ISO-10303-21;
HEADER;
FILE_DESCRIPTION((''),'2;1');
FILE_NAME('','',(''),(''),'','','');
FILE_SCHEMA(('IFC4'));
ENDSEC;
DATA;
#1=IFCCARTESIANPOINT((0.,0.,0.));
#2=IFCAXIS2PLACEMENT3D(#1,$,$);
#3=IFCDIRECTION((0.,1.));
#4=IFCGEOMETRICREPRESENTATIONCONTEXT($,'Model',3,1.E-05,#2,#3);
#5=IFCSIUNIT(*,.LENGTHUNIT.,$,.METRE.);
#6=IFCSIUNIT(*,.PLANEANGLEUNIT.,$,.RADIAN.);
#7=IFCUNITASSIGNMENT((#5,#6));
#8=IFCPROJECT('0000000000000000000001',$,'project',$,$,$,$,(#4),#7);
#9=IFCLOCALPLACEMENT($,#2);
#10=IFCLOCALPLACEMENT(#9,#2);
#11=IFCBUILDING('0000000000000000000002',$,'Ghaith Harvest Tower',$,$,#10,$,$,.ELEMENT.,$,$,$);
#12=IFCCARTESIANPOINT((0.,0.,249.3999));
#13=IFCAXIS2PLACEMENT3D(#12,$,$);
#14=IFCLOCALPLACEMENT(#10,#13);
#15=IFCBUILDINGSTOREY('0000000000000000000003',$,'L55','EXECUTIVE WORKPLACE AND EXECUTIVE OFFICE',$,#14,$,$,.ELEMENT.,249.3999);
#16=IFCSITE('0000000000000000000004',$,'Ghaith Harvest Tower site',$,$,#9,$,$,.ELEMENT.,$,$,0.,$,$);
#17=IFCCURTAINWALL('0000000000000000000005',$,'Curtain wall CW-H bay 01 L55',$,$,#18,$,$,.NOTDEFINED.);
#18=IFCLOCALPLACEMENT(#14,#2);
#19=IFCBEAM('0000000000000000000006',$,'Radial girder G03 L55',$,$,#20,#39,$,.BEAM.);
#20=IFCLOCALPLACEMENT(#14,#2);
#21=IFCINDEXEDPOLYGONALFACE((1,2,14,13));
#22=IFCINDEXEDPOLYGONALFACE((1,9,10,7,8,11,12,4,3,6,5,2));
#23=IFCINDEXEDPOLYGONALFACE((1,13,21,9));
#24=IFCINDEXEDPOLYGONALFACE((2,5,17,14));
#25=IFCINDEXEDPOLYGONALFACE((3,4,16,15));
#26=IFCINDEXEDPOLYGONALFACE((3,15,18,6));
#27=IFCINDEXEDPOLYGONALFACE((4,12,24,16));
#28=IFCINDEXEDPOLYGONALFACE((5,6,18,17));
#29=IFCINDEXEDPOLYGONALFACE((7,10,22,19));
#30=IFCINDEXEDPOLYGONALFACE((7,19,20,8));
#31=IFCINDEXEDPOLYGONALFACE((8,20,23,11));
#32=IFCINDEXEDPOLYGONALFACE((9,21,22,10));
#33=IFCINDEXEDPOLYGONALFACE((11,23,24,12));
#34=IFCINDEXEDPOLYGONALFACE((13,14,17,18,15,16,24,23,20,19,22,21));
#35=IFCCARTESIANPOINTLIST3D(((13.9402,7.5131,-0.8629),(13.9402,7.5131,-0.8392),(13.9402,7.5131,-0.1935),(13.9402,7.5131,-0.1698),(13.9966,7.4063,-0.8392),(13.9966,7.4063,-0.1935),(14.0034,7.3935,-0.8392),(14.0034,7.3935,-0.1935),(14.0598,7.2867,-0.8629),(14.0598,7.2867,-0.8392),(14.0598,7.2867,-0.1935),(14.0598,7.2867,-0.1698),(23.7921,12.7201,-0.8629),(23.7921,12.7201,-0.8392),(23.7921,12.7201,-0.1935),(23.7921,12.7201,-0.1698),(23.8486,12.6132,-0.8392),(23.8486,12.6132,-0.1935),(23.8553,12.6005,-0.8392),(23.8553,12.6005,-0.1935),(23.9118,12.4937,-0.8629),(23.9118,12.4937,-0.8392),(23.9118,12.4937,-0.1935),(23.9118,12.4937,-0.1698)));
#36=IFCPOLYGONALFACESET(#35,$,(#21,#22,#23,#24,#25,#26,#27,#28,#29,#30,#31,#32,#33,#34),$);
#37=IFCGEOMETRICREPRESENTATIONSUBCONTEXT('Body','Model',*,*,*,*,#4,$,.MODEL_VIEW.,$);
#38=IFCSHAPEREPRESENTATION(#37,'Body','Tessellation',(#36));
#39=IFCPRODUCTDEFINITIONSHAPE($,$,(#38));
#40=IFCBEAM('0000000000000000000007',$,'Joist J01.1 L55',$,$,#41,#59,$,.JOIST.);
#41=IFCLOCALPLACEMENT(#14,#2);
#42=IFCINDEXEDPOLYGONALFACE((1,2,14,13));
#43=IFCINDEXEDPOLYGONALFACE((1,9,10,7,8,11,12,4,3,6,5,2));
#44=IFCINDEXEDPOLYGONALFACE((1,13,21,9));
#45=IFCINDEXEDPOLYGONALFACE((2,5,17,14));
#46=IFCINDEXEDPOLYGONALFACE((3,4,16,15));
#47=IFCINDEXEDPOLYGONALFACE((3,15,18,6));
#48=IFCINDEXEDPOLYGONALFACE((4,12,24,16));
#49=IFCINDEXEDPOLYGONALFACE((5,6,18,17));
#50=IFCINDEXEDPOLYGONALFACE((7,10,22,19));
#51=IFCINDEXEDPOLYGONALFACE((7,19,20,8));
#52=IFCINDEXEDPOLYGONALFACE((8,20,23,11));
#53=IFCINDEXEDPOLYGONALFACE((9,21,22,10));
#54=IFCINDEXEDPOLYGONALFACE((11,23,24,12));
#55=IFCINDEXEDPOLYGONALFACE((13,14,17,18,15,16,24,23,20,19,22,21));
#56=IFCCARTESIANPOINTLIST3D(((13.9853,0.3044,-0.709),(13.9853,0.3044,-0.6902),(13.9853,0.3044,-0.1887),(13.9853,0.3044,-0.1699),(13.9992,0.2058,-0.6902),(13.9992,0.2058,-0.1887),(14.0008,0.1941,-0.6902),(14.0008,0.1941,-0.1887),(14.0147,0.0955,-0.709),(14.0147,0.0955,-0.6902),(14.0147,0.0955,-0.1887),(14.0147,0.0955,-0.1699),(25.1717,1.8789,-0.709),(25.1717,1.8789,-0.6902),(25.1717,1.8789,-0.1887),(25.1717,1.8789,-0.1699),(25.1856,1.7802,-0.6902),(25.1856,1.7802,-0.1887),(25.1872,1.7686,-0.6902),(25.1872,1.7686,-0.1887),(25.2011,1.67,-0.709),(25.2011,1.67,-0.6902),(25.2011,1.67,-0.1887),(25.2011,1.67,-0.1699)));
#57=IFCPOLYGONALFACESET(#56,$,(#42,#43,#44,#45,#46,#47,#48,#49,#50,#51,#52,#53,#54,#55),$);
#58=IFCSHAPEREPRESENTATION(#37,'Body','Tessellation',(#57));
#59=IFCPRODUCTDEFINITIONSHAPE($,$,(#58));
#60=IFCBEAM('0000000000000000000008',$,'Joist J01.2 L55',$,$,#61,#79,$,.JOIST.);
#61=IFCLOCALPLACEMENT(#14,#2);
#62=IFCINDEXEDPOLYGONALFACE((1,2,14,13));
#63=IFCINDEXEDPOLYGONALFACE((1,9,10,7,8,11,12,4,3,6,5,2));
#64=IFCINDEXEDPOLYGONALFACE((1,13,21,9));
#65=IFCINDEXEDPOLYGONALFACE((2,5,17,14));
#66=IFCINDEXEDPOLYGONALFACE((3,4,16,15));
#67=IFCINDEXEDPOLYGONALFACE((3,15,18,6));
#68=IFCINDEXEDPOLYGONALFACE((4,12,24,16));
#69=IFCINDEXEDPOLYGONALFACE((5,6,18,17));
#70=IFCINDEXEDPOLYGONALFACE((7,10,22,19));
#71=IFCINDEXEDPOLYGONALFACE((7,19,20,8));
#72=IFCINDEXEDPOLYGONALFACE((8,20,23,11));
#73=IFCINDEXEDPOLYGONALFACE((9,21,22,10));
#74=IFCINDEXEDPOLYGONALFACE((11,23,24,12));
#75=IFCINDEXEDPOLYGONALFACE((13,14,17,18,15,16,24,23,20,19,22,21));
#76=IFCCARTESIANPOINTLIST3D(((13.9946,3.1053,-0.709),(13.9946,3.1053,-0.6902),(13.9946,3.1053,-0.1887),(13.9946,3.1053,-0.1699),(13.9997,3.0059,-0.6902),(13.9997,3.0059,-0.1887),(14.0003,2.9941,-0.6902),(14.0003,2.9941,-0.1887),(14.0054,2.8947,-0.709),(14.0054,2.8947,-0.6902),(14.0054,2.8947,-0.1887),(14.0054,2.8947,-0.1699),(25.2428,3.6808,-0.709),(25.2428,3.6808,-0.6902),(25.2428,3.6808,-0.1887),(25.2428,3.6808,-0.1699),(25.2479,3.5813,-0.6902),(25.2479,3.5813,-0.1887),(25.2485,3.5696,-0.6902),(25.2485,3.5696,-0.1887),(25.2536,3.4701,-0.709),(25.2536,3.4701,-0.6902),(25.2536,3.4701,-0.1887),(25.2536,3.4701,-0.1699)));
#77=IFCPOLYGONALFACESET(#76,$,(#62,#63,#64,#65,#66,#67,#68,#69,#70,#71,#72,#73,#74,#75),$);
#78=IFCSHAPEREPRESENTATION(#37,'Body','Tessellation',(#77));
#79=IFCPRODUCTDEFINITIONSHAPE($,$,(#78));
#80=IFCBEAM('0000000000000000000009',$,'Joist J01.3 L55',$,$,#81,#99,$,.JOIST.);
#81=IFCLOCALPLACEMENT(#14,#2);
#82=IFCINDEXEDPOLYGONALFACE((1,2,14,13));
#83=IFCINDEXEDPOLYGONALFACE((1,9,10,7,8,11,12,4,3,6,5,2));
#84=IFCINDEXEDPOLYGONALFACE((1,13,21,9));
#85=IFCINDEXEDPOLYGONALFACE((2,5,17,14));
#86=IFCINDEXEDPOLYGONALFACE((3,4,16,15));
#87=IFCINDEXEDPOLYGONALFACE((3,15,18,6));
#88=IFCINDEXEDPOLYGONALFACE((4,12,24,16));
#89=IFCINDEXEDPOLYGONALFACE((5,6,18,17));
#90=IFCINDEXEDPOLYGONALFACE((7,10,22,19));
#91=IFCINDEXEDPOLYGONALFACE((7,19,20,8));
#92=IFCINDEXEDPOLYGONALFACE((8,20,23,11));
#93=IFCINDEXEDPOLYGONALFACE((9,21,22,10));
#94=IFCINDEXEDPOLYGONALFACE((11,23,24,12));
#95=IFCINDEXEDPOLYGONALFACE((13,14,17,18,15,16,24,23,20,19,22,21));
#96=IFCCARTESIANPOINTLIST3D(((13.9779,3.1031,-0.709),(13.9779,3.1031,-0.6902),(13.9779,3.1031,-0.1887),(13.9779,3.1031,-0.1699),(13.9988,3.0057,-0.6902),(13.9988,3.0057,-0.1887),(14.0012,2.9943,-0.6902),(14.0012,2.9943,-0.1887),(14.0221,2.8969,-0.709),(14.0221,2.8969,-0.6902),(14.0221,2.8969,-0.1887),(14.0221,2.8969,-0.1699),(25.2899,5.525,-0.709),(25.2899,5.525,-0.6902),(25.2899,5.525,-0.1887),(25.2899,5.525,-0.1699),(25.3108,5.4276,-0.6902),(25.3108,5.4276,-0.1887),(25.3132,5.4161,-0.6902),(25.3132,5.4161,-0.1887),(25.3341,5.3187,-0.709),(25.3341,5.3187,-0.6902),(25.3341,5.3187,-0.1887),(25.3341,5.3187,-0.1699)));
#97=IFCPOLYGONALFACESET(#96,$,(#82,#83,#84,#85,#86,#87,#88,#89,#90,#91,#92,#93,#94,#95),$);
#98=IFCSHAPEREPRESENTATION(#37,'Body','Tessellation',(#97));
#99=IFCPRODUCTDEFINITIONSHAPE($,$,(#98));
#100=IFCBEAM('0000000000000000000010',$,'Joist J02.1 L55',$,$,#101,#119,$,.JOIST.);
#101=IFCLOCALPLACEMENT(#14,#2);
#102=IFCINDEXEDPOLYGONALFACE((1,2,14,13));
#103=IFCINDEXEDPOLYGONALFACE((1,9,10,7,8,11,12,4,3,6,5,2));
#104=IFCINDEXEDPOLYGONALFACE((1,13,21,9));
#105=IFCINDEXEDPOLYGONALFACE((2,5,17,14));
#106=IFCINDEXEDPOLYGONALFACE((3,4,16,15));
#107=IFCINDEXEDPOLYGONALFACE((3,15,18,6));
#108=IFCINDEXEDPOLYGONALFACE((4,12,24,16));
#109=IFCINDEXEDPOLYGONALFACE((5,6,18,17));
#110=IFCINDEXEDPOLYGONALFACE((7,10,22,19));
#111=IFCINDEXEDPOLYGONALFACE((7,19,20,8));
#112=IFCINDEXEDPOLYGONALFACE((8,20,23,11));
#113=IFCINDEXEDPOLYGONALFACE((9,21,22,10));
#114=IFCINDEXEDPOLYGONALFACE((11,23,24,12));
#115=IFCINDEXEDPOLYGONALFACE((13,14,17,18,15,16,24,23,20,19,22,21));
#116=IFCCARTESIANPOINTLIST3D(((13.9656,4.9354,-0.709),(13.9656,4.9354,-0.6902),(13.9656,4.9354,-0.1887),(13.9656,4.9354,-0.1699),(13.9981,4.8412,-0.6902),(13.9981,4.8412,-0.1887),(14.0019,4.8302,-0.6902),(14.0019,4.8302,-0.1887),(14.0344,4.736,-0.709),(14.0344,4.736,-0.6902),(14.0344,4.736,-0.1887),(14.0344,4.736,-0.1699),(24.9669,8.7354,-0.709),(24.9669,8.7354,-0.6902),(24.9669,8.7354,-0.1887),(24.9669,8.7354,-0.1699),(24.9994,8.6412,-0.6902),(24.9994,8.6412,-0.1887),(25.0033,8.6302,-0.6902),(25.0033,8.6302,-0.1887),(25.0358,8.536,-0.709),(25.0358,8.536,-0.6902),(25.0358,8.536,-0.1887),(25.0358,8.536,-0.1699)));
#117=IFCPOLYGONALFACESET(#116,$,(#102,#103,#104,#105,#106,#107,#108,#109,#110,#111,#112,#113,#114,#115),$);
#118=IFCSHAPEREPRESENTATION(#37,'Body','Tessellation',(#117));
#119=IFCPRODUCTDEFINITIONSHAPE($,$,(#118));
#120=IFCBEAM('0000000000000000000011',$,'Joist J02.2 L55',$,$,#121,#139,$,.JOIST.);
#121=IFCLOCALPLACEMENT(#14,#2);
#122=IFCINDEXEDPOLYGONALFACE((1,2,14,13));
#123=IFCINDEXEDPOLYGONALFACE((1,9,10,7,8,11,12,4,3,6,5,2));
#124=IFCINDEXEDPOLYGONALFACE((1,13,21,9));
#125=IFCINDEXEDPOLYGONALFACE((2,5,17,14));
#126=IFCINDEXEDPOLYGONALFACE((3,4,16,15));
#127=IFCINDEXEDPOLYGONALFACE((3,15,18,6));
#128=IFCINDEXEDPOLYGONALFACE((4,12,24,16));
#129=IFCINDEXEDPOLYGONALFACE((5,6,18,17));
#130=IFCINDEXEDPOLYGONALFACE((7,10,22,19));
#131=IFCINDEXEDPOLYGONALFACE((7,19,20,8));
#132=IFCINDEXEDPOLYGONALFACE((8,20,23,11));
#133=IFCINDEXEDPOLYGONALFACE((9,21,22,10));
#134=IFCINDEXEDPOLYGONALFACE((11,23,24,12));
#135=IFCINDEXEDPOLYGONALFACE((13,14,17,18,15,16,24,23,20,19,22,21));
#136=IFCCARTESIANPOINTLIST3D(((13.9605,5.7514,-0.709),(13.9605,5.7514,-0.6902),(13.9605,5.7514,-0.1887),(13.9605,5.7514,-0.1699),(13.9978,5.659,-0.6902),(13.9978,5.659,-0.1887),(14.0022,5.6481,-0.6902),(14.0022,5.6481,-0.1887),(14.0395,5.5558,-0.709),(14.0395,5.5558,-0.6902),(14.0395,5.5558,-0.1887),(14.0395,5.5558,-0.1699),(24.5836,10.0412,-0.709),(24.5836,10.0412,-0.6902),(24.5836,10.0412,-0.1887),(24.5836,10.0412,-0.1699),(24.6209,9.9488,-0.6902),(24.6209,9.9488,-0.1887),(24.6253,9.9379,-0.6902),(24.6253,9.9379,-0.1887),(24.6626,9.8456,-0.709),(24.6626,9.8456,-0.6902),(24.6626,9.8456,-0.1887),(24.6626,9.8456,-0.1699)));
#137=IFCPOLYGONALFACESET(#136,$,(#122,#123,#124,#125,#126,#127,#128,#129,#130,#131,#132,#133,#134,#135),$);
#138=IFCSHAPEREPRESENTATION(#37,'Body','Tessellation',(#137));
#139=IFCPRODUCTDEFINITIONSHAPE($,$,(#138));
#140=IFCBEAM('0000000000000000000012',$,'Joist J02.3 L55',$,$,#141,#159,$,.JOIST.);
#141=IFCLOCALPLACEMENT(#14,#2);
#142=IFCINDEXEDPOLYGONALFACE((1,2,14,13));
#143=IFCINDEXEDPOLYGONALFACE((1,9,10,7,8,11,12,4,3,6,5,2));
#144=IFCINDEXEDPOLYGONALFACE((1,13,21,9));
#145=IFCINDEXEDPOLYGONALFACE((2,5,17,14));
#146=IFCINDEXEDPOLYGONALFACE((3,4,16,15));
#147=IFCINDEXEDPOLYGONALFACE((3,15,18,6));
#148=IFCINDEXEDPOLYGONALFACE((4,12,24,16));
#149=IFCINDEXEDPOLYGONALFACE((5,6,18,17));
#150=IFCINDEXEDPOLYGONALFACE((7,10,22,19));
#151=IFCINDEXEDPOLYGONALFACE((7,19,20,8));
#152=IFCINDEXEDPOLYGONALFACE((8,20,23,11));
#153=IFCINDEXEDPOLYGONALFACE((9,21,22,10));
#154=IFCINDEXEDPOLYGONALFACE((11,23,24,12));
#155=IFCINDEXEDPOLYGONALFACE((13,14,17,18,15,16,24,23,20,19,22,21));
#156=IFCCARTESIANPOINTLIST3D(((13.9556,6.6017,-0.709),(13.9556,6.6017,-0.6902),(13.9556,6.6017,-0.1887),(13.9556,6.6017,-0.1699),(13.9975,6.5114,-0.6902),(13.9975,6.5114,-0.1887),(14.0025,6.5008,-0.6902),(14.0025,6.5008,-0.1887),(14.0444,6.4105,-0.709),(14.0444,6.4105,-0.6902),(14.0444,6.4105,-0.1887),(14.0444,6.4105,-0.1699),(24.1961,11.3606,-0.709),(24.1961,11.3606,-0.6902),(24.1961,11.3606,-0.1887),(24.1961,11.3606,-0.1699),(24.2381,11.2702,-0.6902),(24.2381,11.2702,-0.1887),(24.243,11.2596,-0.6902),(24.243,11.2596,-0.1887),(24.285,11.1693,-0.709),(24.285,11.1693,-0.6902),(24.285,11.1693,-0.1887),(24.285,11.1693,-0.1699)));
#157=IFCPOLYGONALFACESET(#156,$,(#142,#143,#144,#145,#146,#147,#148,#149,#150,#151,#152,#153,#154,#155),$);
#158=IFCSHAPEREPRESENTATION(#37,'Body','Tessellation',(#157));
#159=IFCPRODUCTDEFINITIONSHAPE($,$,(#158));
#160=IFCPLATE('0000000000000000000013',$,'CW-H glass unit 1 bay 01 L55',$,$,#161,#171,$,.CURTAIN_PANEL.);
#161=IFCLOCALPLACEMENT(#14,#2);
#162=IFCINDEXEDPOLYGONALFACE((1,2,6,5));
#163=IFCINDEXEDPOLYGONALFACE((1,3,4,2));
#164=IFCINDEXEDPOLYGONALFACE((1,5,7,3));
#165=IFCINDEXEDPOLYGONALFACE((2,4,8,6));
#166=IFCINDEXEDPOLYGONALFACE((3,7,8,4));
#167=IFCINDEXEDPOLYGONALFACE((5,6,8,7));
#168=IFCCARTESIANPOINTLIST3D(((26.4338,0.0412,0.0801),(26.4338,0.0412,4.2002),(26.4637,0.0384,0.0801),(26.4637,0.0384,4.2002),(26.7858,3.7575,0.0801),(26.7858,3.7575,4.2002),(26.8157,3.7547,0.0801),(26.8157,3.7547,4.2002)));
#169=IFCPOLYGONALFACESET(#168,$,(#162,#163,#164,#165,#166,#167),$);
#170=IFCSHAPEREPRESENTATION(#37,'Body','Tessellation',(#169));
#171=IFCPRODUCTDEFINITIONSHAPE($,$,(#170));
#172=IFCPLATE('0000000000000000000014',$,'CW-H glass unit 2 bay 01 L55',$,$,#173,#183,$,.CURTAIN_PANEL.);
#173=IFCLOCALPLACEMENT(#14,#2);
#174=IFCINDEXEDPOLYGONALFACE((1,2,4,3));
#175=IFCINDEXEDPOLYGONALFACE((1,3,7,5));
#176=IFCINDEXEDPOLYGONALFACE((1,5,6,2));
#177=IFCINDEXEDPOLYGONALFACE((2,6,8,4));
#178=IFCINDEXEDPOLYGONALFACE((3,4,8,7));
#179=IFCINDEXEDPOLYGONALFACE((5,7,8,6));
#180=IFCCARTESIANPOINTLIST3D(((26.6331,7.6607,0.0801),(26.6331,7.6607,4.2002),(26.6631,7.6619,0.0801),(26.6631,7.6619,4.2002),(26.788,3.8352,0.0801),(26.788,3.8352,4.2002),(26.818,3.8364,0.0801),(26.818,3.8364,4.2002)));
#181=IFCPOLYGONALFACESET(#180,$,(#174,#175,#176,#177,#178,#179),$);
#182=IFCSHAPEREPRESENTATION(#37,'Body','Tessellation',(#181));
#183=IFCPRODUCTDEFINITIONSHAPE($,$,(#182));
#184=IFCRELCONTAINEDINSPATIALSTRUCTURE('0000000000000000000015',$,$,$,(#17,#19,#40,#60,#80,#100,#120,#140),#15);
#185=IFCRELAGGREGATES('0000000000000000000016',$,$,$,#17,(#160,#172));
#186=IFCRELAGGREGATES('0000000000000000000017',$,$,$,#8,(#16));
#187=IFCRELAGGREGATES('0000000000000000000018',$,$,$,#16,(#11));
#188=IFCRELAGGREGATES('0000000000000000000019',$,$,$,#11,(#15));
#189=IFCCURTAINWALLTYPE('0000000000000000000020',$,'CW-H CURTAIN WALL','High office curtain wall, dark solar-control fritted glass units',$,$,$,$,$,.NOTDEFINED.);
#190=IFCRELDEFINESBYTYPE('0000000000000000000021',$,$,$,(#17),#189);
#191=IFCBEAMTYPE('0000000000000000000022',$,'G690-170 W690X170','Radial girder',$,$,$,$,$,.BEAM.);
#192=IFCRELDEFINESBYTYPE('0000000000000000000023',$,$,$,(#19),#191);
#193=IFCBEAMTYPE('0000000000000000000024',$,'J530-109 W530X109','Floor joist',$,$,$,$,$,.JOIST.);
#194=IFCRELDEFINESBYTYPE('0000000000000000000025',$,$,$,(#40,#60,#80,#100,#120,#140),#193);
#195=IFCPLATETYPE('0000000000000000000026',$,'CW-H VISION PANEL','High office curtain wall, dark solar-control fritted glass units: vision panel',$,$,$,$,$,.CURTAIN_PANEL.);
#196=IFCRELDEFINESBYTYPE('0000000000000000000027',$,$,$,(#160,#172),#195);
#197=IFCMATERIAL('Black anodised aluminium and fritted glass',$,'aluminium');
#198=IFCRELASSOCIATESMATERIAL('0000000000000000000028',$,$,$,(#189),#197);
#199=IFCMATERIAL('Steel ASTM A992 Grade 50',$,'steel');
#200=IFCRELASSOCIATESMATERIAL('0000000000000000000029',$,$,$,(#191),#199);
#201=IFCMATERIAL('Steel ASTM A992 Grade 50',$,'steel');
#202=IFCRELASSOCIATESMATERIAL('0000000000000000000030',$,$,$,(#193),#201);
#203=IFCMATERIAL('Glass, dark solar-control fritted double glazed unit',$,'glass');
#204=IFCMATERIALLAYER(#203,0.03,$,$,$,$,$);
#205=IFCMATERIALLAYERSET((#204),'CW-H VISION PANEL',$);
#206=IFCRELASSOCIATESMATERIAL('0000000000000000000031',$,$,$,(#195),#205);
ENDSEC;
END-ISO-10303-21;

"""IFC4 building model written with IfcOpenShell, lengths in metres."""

from ifc_helpers import new_model, si_unit, direction, frame, origin, origin_2d, place, context, subcontext, project, spatial, rectangle, i_section, extrude, material, layer, layer_set, material_profile, profile_set, type_object, element, aggregate, save


model = new_model("IFC4")

# Units and contexts
model_context = context("Model", 3, precision=1e-05, world=origin(), true_north=direction((0.0, 1.0)))
body_context = subcontext(model_context, "Body", "Model", "MODEL_VIEW")
ifc_project = project(units=[si_unit("LENGTHUNIT", "METRE"), si_unit("PLANEANGLEUNIT", "RADIAN")], contexts=[model_context])

# Site, building, storey
site_placement = place(None, origin())
site = spatial("IfcSite", under=ifc_project, at=site_placement, Name="Ghaith Harvest Tower site", CompositionType="ELEMENT", RefElevation=0.0)
building_placement = place(site_placement, origin())
building = spatial("IfcBuilding", under=site, at=building_placement, Name="Ghaith Harvest Tower", CompositionType="ELEMENT")
storey_placement = place(building_placement, frame((0.0, 0.0, 249.3999)))
storey = spatial("IfcBuildingStorey", under=building, at=storey_placement, Name="L55", Description="EXECUTIVE WORKPLACE AND EXECUTIVE OFFICE", CompositionType="ELEMENT", Elevation=249.3999)

# Curtain wall
ifc_material_1 = material(Name="Black anodised aluminium and fritted glass", Category="aluminium")
curtain_wall_type = type_object("IfcCurtainWallType", Name="CW-H CURTAIN WALL", Description="High office curtain wall, dark solar-control fritted glass units", PredefinedType="NOTDEFINED", material=ifc_material_1)
curtain_wall_1_placement = place(storey_placement, origin())
curtain_wall_1 = element("IfcCurtainWall", 1, at=curtain_wall_1_placement, inside=storey, type_object=curtain_wall_type, Name="Curtain wall CW-H bay 01 L55", PredefinedType="NOTDEFINED")

# Beams
ifc_material_2 = material(Name="Steel ASTM A992 Grade 50", Category="steel")
ifc_material_profile_1 = material_profile(ifc_material_2, i_section(OverallWidth=0.2561, OverallDepth=0.6931, WebThickness=0.0144, FlangeThickness=0.0237, at=origin_2d()), Name="W690X170")
ifc_profile_set_1 = profile_set([ifc_material_profile_1], Name="Steel ASTM A992 Grade 50")
beam_type_1 = type_object("IfcBeamType", Name="G690-170 W690X170", Description="Radial girder", PredefinedType="BEAM", material=ifc_profile_set_1)
beam_1_placement = place(storey_placement, frame((14.0, 7.3999, -0.5164), z_axis=(0.884113, 0.467274, 0.0), x_axis=(-0.467274, 0.884113, 0.0)))
element("IfcBeam", 2, at=beam_1_placement, inside=storey, type_object=beam_type_1, Name="Radial girder G03 L55", PredefinedType="BEAM", context=body_context, shape_type="SweptSolid", body=[
    extrude(i_section(OverallWidth=0.2561, OverallDepth=0.6931, WebThickness=0.0144, FlangeThickness=0.0237, at=origin_2d()), origin(), (0.0, 0.0, 1.0), 11.1433),
])
ifc_material_3 = material(Name="Steel ASTM A992 Grade 50", Category="steel")
ifc_material_profile_2 = material_profile(ifc_material_3, i_section(OverallWidth=0.2109, OverallDepth=0.5391, WebThickness=0.0117, FlangeThickness=0.0188, at=origin_2d()), Name="W530X109")
ifc_profile_set_2 = profile_set([ifc_material_profile_2], Name="Steel ASTM A992 Grade 50")
beam_type_2 = type_object("IfcBeamType", Name="J530-109 W530X109", Description="Floor joist", PredefinedType="JOIST", material=ifc_profile_set_2)
beam_2_placement = place(storey_placement, frame((14.0, 0.2, -0.4395), z_axis=(0.99024, 0.139376, 0.0), x_axis=(-0.139376, 0.99024, 0.0)))
element("IfcBeam", 3, at=beam_2_placement, inside=storey, type_object=beam_type_2, Name="Joist J01.1 L55", PredefinedType="JOIST", context=body_context, shape_type="SweptSolid", body=[
    extrude(i_section(OverallWidth=0.2109, OverallDepth=0.5391, WebThickness=0.0117, FlangeThickness=0.0188, at=origin_2d()), origin(), (0.0, 0.0, 1.0), 11.2966),
])
beam_3_placement = place(storey_placement, frame((14.0, 3.0, -0.4395), z_axis=(0.998694, 0.051091, 0.0), x_axis=(-0.051091, 0.998694, 0.0)))
element("IfcBeam", 4, at=beam_3_placement, inside=storey, type_object=beam_type_2, Name="Joist J01.2 L55", PredefinedType="JOIST", context=body_context, shape_type="SweptSolid", body=[
    extrude(i_section(OverallWidth=0.2109, OverallDepth=0.5391, WebThickness=0.0117, FlangeThickness=0.0188, at=origin_2d()), origin(), (0.0, 0.0, 1.0), 11.2629),
])
beam_4_placement = place(storey_placement, frame((14.0, 3.0, -0.4395), z_axis=(0.97784, 0.209353, 0.0), x_axis=(-0.209353, 0.97784, 0.0)))
element("IfcBeam", 5, at=beam_4_placement, inside=storey, type_object=beam_type_2, Name="Joist J01.3 L55", PredefinedType="JOIST", context=body_context, shape_type="SweptSolid", body=[
    extrude(i_section(OverallWidth=0.2109, OverallDepth=0.5391, WebThickness=0.0117, FlangeThickness=0.0188, at=origin_2d()), origin(), (0.0, 0.0, 1.0), 11.5684),
])
beam_5_placement = place(storey_placement, frame((14.0, 4.8357, -0.4395), z_axis=(0.945202, 0.326485, 0.0), x_axis=(-0.326485, 0.945202, 0.0)))
element("IfcBeam", 6, at=beam_5_placement, inside=storey, type_object=beam_type_2, Name="Joist J02.1 L55", PredefinedType="JOIST", context=body_context, shape_type="SweptSolid", body=[
    extrude(i_section(OverallWidth=0.2109, OverallDepth=0.5391, WebThickness=0.0117, FlangeThickness=0.0188, at=origin_2d()), origin(), (0.0, 0.0, 1.0), 11.6392),
])
beam_6_placement = place(storey_placement, frame((14.0, 5.6536, -0.4395), z_axis=(0.92725, 0.374442, 0.0), x_axis=(-0.374442, 0.92725, 0.0)))
element("IfcBeam", 7, at=beam_6_placement, inside=storey, type_object=beam_type_2, Name="Joist J02.2 L55", PredefinedType="JOIST", context=body_context, shape_type="SweptSolid", body=[
    extrude(i_section(OverallWidth=0.2109, OverallDepth=0.5391, WebThickness=0.0117, FlangeThickness=0.0188, at=origin_2d()), origin(), (0.0, 0.0, 1.0), 11.4565),
])
beam_7_placement = place(storey_placement, frame((14.0, 6.5061, -0.4395), z_axis=(0.906864, 0.421423, 0.0), x_axis=(-0.421423, 0.906864, 0.0)))
element("IfcBeam", 8, at=beam_7_placement, inside=storey, type_object=beam_type_2, Name="Joist J02.3 L55", PredefinedType="JOIST", context=body_context, shape_type="SweptSolid", body=[
    extrude(i_section(OverallWidth=0.2109, OverallDepth=0.5391, WebThickness=0.0117, FlangeThickness=0.0188, at=origin_2d()), origin(), (0.0, 0.0, 1.0), 11.2922),
])

# Plates
ifc_material_4 = material(Name="Glass, dark solar-control fritted double glazed unit", Category="glass")
ifc_layer_1 = layer(ifc_material_4, 0.03)
ifc_layer_set_1 = layer_set([ifc_layer_1], Name="CW-H VISION PANEL")
plate_type_1 = type_object("IfcPlateType", Name="CW-H VISION PANEL", Description="High office curtain wall, dark solar-control fritted glass units: vision panel", PredefinedType="CURTAIN_PANEL", material=ifc_layer_set_1)
plate_1_placement = place(storey_placement, frame((26.6248, 1.8979, 0.0801), z_axis=(0.0, 0.0, 1.0), x_axis=(0.094302, 0.995544, 0.0)))
plate_1 = element("IfcPlate", 9, at=plate_1_placement, type_object=plate_type_1, Name="CW-H glass unit 1 bay 01 L55", PredefinedType="CURTAIN_PANEL", context=body_context, shape_type="SweptSolid", body=[
    extrude(rectangle(XDim=3.7329, YDim=0.03, at=origin_2d()), origin(), (0.0, 0.0, 1.0), 4.1201),
])
plate_2_placement = place(storey_placement, frame((26.7256, 5.7485, 0.0801), z_axis=(0.0, 0.0, 1.0), x_axis=(-0.040462, 0.999181, 0.0)))
plate_2 = element("IfcPlate", 10, at=plate_2_placement, type_object=plate_type_1, Name="CW-H glass unit 2 bay 01 L55", PredefinedType="CURTAIN_PANEL", context=body_context, shape_type="SweptSolid", body=[
    extrude(rectangle(XDim=3.8286, YDim=0.03, at=origin_2d()), origin(), (0.0, 0.0, 1.0), 4.1201),
])
aggregate(curtain_wall_1, [plate_1, plate_2])

save(model, "model.ifc")
